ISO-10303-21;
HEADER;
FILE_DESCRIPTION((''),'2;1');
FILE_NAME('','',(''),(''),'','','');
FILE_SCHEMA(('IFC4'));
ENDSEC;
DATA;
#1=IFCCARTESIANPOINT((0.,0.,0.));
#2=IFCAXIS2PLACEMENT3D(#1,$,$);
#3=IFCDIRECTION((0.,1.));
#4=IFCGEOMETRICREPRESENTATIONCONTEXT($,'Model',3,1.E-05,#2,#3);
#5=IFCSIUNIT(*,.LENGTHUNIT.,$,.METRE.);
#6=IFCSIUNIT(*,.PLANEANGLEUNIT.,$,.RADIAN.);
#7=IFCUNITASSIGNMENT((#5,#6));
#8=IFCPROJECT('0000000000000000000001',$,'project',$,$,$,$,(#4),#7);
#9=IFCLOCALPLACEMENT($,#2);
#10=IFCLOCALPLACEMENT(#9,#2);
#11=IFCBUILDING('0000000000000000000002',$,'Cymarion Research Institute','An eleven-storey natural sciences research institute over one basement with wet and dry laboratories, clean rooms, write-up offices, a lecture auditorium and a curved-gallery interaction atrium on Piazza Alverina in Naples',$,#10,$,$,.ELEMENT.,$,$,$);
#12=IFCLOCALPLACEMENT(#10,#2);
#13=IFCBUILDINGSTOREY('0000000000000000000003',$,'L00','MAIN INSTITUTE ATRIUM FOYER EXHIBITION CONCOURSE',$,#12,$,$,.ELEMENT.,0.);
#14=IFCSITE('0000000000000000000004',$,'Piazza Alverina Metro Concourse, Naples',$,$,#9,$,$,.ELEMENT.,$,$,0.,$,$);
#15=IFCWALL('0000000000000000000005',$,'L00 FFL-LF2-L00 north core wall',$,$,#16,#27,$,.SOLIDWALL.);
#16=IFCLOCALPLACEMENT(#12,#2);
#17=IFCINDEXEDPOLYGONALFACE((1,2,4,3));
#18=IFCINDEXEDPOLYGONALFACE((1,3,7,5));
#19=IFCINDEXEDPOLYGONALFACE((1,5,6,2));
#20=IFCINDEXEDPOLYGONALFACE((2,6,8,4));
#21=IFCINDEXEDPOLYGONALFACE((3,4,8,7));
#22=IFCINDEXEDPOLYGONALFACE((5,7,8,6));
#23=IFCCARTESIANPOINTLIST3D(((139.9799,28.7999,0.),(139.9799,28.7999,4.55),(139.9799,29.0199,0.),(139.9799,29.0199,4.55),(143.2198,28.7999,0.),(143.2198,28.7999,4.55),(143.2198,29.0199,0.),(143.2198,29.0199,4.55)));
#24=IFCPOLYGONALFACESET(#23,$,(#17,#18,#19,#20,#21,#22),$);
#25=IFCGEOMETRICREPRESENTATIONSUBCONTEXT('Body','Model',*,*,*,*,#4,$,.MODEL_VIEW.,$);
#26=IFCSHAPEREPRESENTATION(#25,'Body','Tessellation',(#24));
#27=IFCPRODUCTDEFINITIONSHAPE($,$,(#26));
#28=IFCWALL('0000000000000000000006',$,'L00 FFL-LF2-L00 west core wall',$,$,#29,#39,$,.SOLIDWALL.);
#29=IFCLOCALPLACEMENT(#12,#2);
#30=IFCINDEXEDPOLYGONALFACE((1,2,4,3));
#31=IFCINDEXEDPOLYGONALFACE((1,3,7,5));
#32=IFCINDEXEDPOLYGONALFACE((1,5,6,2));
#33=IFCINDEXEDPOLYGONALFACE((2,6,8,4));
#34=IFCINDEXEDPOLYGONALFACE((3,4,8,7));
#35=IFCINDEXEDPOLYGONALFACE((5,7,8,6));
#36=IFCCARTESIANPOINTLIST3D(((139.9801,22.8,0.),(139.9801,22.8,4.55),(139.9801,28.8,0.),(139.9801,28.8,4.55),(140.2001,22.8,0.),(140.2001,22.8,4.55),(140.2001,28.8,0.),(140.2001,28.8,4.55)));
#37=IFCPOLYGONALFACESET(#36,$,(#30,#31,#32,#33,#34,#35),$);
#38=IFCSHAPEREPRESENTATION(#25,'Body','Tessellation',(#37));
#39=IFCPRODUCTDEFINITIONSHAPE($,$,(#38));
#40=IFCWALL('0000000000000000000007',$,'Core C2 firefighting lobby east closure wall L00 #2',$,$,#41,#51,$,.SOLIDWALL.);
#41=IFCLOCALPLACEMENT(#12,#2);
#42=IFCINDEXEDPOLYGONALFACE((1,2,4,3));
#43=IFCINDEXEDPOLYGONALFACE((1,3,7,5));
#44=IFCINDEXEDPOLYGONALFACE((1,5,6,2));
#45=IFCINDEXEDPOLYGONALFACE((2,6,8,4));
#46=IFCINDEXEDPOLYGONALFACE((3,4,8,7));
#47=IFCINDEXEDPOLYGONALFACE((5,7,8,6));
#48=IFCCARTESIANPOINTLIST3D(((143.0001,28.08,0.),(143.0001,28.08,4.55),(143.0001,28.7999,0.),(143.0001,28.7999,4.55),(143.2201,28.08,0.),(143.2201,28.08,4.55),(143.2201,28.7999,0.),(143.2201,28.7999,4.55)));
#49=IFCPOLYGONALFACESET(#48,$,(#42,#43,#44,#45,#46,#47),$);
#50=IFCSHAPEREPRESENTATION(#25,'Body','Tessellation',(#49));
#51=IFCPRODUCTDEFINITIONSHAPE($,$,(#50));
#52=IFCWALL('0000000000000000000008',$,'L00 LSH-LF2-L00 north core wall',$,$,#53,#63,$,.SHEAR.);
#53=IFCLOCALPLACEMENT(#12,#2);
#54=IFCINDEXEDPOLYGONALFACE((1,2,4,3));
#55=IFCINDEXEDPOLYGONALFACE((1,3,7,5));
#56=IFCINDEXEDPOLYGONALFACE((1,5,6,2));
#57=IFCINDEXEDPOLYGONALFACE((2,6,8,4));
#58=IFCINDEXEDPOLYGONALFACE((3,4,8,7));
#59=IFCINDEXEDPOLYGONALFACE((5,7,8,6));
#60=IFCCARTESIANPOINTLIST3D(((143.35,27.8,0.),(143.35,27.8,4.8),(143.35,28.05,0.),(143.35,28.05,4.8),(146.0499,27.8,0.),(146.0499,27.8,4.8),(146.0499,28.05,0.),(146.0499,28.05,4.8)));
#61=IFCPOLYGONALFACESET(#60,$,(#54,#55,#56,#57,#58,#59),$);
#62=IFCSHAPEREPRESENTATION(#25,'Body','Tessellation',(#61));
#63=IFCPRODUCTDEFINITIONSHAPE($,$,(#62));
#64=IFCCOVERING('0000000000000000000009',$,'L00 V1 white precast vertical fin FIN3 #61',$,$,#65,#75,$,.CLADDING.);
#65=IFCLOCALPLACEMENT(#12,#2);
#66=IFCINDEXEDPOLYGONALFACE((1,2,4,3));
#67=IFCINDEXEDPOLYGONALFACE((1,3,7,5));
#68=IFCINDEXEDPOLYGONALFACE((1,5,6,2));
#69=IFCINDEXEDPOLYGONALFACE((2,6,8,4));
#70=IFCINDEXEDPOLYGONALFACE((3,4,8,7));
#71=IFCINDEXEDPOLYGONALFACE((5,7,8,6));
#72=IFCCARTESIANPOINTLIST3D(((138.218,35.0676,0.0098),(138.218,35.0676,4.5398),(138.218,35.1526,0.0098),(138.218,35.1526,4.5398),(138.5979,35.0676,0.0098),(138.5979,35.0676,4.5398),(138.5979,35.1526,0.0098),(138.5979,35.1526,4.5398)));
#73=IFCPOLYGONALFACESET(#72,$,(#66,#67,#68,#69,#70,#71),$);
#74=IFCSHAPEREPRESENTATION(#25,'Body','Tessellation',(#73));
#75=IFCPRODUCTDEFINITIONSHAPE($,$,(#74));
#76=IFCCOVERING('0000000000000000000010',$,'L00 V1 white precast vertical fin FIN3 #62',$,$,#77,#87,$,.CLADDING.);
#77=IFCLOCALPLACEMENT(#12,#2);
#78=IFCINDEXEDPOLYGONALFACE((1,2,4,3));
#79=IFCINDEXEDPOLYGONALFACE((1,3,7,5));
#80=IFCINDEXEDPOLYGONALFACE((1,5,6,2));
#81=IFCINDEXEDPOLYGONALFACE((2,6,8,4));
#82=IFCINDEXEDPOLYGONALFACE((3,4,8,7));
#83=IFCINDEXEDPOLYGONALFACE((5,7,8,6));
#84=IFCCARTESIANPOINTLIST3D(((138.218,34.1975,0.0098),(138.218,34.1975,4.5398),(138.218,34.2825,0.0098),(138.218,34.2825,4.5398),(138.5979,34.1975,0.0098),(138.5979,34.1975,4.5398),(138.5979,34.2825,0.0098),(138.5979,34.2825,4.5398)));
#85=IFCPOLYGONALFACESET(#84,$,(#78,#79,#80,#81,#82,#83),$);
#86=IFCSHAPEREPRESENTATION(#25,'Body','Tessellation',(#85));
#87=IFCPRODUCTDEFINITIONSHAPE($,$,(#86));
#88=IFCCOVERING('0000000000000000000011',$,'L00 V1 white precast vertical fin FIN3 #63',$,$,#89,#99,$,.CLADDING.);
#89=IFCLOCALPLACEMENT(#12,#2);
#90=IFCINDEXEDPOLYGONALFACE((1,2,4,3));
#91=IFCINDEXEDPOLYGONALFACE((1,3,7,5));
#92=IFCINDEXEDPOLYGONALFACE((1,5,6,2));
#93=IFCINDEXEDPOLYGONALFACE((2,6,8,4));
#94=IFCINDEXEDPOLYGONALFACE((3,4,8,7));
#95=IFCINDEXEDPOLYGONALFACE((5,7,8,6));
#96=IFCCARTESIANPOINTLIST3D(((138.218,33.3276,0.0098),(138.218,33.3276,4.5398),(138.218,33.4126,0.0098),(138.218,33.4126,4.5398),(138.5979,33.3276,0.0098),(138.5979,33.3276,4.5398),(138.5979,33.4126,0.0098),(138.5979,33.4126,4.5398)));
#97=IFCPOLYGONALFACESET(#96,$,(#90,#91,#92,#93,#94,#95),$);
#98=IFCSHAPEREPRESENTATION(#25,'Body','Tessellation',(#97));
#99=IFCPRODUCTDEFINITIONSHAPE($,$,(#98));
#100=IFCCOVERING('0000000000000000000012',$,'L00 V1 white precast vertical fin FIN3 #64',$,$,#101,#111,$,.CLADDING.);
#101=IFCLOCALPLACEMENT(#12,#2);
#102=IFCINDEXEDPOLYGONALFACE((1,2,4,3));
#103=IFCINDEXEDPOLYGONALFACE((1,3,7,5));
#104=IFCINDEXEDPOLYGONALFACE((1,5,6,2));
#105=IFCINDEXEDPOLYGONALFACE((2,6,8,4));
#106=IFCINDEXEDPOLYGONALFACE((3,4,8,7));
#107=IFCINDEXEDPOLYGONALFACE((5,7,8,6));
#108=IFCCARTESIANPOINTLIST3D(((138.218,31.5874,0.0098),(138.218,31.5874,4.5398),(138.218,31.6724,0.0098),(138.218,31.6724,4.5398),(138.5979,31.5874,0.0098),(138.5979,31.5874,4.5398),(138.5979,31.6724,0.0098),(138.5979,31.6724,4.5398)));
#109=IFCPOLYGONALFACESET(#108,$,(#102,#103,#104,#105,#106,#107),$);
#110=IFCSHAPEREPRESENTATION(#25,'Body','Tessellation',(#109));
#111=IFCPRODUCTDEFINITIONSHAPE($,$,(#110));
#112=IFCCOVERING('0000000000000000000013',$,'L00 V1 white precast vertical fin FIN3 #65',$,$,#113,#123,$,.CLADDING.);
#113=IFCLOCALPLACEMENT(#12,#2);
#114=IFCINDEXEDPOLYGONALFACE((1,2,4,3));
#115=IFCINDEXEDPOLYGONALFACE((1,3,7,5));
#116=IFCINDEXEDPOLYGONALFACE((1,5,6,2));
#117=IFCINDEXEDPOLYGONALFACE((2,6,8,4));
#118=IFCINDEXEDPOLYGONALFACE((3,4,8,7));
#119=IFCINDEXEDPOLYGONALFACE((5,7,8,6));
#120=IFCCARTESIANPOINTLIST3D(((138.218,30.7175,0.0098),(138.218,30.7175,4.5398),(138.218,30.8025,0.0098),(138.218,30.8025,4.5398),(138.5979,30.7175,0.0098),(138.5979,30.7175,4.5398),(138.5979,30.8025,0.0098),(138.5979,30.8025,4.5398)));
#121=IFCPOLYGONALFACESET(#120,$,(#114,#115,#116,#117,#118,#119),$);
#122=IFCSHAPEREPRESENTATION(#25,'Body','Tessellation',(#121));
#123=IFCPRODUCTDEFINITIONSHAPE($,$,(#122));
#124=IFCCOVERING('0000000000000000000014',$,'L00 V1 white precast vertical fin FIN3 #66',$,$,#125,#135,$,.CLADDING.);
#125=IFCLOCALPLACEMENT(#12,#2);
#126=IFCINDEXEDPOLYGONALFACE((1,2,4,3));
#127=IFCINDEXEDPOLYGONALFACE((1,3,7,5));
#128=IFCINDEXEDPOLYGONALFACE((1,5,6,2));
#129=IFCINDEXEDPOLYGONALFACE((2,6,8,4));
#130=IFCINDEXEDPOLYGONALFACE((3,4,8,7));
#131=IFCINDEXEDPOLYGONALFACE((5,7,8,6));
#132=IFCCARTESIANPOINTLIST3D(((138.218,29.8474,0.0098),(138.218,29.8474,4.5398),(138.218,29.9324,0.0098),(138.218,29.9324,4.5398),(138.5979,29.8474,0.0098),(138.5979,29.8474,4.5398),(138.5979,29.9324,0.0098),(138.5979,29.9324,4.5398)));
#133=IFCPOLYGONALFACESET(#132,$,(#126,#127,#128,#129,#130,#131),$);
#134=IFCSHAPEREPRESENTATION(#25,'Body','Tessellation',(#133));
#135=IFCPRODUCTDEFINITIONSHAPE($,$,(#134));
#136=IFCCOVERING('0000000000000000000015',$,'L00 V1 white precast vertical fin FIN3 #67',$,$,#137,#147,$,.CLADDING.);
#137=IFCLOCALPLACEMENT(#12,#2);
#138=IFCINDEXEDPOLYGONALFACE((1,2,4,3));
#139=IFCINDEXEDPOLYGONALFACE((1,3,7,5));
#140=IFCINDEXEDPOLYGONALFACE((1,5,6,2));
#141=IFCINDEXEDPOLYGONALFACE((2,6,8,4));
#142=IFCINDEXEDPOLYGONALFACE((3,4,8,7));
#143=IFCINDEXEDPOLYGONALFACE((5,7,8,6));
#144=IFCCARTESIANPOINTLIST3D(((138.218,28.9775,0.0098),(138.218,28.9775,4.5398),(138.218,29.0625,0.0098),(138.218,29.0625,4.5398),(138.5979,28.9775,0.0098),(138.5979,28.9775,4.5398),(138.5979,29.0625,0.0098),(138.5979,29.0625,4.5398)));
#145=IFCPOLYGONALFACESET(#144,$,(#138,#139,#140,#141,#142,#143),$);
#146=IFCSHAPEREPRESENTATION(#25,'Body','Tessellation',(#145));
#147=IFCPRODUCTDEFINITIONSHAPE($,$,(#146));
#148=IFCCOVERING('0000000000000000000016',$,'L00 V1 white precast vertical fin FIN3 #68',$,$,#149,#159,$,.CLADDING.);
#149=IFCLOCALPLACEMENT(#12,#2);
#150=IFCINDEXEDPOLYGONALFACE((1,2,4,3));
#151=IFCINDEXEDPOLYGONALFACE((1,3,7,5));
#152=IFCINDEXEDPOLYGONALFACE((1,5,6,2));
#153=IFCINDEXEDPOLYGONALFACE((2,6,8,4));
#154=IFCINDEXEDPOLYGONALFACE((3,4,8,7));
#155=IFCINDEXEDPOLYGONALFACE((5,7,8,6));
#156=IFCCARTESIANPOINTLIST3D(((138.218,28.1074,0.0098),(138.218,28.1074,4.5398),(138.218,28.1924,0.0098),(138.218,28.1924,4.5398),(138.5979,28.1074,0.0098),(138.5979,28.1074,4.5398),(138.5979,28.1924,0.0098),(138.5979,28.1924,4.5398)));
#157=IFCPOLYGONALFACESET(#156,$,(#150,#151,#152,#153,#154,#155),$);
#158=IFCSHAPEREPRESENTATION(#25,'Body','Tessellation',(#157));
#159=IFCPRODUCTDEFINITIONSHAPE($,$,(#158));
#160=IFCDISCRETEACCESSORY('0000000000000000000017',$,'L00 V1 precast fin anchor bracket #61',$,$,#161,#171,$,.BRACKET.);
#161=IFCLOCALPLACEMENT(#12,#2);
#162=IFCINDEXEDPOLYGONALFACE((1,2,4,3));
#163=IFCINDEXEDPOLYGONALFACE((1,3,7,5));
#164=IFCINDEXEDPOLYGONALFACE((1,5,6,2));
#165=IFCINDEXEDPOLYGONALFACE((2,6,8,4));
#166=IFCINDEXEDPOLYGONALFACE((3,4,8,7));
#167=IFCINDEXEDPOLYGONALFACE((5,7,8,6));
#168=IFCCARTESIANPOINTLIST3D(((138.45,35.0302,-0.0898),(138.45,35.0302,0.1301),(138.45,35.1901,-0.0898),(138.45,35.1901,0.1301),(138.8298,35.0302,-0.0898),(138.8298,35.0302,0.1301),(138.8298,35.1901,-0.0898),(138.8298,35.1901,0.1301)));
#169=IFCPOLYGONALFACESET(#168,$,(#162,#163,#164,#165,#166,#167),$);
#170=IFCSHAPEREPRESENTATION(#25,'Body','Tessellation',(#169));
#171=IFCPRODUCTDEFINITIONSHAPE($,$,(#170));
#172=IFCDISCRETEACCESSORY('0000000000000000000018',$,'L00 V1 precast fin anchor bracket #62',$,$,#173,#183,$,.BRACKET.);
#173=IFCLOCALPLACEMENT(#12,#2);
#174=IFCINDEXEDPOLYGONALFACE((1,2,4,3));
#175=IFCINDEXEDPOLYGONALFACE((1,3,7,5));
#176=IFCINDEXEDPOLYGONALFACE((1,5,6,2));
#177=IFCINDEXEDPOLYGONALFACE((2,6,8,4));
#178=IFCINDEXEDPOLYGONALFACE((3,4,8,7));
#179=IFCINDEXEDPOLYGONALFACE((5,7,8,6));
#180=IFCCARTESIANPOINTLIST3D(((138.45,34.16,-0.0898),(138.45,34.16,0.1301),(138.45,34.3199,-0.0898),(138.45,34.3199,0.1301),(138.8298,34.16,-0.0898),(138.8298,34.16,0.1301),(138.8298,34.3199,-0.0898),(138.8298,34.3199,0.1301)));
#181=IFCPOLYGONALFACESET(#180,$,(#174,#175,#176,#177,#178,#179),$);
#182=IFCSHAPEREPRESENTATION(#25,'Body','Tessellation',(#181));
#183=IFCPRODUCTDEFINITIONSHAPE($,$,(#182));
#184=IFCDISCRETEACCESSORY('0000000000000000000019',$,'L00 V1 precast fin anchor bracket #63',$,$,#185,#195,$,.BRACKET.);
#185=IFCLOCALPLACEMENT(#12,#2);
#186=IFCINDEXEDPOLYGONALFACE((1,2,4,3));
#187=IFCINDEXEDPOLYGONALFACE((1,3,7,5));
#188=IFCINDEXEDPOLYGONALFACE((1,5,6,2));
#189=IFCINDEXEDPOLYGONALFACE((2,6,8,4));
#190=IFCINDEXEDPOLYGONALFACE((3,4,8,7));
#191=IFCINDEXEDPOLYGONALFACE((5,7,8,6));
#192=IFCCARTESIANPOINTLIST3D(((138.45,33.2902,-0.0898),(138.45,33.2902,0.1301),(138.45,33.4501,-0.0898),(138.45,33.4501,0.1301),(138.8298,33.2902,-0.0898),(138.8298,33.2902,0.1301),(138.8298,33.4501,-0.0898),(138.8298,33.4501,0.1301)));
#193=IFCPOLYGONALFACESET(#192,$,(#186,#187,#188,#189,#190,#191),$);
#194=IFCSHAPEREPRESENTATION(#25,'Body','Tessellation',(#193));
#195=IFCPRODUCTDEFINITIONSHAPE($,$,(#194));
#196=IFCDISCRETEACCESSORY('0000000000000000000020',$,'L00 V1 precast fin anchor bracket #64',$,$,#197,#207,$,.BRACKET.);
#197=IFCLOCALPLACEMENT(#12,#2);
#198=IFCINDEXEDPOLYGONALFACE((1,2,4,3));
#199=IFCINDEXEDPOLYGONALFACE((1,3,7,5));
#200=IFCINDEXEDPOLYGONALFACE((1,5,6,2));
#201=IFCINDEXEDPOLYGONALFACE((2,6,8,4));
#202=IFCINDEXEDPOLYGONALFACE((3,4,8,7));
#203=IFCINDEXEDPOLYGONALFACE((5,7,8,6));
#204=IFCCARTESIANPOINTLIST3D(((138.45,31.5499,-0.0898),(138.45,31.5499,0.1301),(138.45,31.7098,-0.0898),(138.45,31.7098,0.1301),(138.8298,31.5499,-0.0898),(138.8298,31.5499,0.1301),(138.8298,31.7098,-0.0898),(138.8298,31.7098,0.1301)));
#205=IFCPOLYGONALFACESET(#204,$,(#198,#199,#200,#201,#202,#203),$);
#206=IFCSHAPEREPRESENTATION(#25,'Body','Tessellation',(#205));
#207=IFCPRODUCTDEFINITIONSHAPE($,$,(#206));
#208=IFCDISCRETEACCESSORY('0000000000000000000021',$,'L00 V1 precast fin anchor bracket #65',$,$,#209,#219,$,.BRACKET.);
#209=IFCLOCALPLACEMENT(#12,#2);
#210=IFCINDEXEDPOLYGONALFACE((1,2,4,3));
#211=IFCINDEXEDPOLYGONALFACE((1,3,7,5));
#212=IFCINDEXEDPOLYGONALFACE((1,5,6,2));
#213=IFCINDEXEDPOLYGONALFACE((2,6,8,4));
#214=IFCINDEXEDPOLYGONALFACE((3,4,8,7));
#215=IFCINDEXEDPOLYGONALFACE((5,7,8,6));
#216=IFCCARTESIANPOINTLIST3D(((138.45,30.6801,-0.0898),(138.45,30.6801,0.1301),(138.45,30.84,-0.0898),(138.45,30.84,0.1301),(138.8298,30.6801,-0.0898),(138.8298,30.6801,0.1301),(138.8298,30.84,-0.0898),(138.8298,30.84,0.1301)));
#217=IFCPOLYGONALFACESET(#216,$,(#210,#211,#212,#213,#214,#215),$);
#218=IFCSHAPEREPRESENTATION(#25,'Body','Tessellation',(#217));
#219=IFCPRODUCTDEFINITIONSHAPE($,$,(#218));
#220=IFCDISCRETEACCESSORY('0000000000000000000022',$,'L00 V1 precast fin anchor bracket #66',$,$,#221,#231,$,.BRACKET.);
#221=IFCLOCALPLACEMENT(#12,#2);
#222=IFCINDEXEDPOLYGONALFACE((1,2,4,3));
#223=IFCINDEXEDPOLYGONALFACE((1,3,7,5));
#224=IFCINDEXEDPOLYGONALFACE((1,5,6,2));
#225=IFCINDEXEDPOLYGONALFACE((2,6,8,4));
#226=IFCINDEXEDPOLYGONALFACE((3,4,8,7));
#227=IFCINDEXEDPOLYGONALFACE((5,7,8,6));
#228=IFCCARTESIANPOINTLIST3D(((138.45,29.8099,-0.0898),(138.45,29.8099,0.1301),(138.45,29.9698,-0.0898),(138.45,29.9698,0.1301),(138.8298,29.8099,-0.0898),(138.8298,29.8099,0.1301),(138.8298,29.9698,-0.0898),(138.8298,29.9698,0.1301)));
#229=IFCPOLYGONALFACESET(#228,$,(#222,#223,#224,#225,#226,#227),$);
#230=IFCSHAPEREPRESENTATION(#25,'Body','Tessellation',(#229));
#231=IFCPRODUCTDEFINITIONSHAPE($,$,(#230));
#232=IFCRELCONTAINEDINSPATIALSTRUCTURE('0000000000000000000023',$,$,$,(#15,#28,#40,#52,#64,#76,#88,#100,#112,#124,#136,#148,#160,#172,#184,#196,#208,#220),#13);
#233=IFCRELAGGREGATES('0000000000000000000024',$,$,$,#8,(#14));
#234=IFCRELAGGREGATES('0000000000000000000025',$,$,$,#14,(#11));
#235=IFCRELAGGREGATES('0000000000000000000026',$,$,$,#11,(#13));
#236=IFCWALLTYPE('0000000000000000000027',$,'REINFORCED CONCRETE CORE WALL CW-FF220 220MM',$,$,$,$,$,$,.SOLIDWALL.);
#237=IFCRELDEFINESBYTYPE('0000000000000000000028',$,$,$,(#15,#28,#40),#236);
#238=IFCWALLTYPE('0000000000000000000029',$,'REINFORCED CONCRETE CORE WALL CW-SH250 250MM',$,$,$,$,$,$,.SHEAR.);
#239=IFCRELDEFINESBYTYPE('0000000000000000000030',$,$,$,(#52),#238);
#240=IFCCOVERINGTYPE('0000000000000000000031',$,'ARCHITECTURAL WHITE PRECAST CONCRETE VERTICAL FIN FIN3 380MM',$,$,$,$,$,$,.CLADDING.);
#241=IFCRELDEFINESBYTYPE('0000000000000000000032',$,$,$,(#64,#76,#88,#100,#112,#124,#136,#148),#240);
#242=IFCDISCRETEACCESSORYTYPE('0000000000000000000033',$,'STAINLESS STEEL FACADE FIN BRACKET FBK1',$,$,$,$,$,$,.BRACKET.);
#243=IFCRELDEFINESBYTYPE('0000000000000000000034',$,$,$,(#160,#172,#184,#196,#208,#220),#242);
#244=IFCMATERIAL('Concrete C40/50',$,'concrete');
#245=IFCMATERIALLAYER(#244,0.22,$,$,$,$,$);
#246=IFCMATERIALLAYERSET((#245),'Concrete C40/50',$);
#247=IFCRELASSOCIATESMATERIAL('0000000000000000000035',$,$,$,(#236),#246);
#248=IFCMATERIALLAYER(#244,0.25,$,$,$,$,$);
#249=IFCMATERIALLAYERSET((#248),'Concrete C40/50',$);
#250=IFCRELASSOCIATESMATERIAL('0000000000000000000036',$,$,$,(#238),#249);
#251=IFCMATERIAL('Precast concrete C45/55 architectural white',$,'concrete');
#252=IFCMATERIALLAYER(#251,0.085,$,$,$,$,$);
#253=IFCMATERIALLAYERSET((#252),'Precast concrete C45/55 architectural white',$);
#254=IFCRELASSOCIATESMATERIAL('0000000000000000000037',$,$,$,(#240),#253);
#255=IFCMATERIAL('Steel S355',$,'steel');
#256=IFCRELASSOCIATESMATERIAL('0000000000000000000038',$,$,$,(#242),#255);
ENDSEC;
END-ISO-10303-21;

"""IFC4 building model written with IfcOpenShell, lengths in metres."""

from ifc_helpers import new_model, si_unit, direction, frame, frame_2d, origin, origin_2d, place, context, subcontext, project, spatial, rectangle, extrude, material, layer, layer_set, type_object, element, save


model = new_model("IFC4")

# Units and contexts
model_context = context("Model", 3, precision=1e-05, world=origin(), true_north=direction((0.0, 1.0)))
body_context = subcontext(model_context, "Body", "Model", "MODEL_VIEW")
ifc_project = project(units=[si_unit("LENGTHUNIT", "METRE"), si_unit("PLANEANGLEUNIT", "RADIAN")], contexts=[model_context])

# Site, building, storey
site_placement = place(None, origin())
site = spatial("IfcSite", under=ifc_project, at=site_placement, Name="Piazza Alverina Metro Concourse, Naples", CompositionType="ELEMENT", RefElevation=0.0)
building_placement = place(site_placement, origin())
building = spatial("IfcBuilding", under=site, at=building_placement, Name="Cymarion Research Institute", Description="An eleven-storey natural sciences research institute over one basement with wet and dry laboratories, clean rooms, write-up offices, a lecture auditorium and a curved-gallery interaction atrium on Piazza Alverina in Naples", CompositionType="ELEMENT")
storey_placement = place(building_placement, origin())
storey = spatial("IfcBuildingStorey", under=building, at=storey_placement, Name="L00", Description="MAIN INSTITUTE ATRIUM FOYER EXHIBITION CONCOURSE", CompositionType="ELEMENT", Elevation=0.0)

# Shared definitions
ifc_material_1 = material(Name="Steel S355", Category="steel")

# Walls
ifc_material_2 = material(Name="Concrete C40/50", Category="concrete")
ifc_layer_1 = layer(ifc_material_2, 0.22)
ifc_layer_set_1 = layer_set([ifc_layer_1], Name="Concrete C40/50")
wall_type_1 = type_object("IfcWallType", Name="REINFORCED CONCRETE CORE WALL CW-FF220 220MM", PredefinedType="SOLIDWALL", material=ifc_layer_set_1)
wall_1_placement = place(storey_placement, frame((143.22, 28.9099, 0.0), z_axis=(0.0, 0.0, 1.0), x_axis=(-1.0, 0.0, 0.0)))
element("IfcWall", 1, at=wall_1_placement, inside=storey, type_object=wall_type_1, Name="L00 FFL-LF2-L00 north core wall", PredefinedType="SOLIDWALL", context=body_context, shape_type="SweptSolid", body=[
    extrude(rectangle(XDim=3.24, YDim=0.22, at=frame_2d((1.6201, 0.0))), origin(), (0.0, 0.0, 1.0), 4.55),
])
wall_2_placement = place(storey_placement, frame((140.0901, 28.8, 0.0), z_axis=(0.0, 0.0, 1.0), x_axis=(0.0, -1.0, 0.0)))
element("IfcWall", 2, at=wall_2_placement, inside=storey, type_object=wall_type_1, Name="L00 FFL-LF2-L00 west core wall", PredefinedType="SOLIDWALL", context=body_context, shape_type="SweptSolid", body=[
    extrude(rectangle(XDim=6.0, YDim=0.22, at=frame_2d((3.0, 0.0))), origin(), (0.0, 0.0, 1.0), 4.55),
])
wall_3_placement = place(storey_placement, frame((143.1101, 28.0801, 0.0), z_axis=(0.0, 0.0, 1.0), x_axis=(0.0, 1.0, 0.0)))
element("IfcWall", 3, at=wall_3_placement, inside=storey, type_object=wall_type_1, Name="Core C2 firefighting lobby east closure wall L00 #2", PredefinedType="SOLIDWALL", context=body_context, shape_type="SweptSolid", body=[
    extrude(rectangle(XDim=0.72, YDim=0.22, at=frame_2d((0.3599, 0.0))), origin(), (0.0, 0.0, 1.0), 4.55),
])
ifc_layer_2 = layer(ifc_material_2, 0.25)
ifc_layer_set_2 = layer_set([ifc_layer_2], Name="Concrete C40/50")
wall_type_2 = type_object("IfcWallType", Name="REINFORCED CONCRETE CORE WALL CW-SH250 250MM", PredefinedType="SHEAR", material=ifc_layer_set_2)
wall_4_placement = place(storey_placement, frame((146.05, 27.925, 0.0), z_axis=(0.0, 0.0, 1.0), x_axis=(-1.0, 0.0, 0.0)))
element("IfcWall", 4, at=wall_4_placement, inside=storey, type_object=wall_type_2, Name="L00 LSH-LF2-L00 north core wall", PredefinedType="SHEAR", context=body_context, shape_type="SweptSolid", body=[
    extrude(rectangle(XDim=2.7, YDim=0.25, at=frame_2d((1.3501, 0.0))), origin(), (0.0, 0.0, 1.0), 4.8),
])

# Coverings
ifc_material_3 = material(Name="Precast concrete C45/55 architectural white", Category="concrete")
ifc_layer_3 = layer(ifc_material_3, 0.085)
ifc_layer_set_3 = layer_set([ifc_layer_3], Name="Precast concrete C45/55 architectural white")
covering_type = type_object("IfcCoveringType", Name="ARCHITECTURAL WHITE PRECAST CONCRETE VERTICAL FIN FIN3 380MM", PredefinedType="CLADDING", material=ifc_layer_set_3)
for number, where, z_axis, x_axis, name in (
    (5, (138.408, 35.1101, 0.0098), (0.0, 0.0, 1.0), (-1.0, 0.0, 0.0), "L00 V1 white precast vertical fin FIN3 #61"),
    (6, (138.408, 34.24, 0.0098), (0.0, 0.0, 1.0), (-1.0, 0.0, 0.0), "L00 V1 white precast vertical fin FIN3 #62"),
    (7, (138.408, 33.3701, 0.0098), (0.0, 0.0, 1.0), (-1.0, 0.0, 0.0), "L00 V1 white precast vertical fin FIN3 #63"),
    (8, (138.408, 31.6299, 0.0098), (0.0, 0.0, 1.0), (-1.0, 0.0, 0.0), "L00 V1 white precast vertical fin FIN3 #64"),
    (9, (138.408, 30.76, 0.0098), (0.0, 0.0, 1.0), (-1.0, 0.0, 0.0), "L00 V1 white precast vertical fin FIN3 #65"),
    (10, (138.408, 29.8899, 0.0098), (0.0, 0.0, 1.0), (-1.0, 0.0, 0.0), "L00 V1 white precast vertical fin FIN3 #66"),
    (11, (138.408, 29.02, 0.0098), (0.0, 0.0, 1.0), (-1.0, 0.0, 0.0), "L00 V1 white precast vertical fin FIN3 #67"),
    (12, (138.408, 28.1499, 0.0098), (0.0, 0.0, 1.0), (-1.0, 0.0, 0.0), "L00 V1 white precast vertical fin FIN3 #68"),
):
    element("IfcCovering", number, at=place(storey_placement, frame(where, z_axis=z_axis, x_axis=x_axis)), inside=storey, type_object=covering_type, Name=name, PredefinedType="CLADDING", context=body_context, shape_type="SweptSolid", body=[
        extrude(rectangle(XDim=0.3799, YDim=0.085, at=origin_2d()), origin(), (0.0, 0.0, 1.0), 4.53),
    ])

# Discrete accessories
discrete_accessory_type = type_object("IfcDiscreteAccessoryType", Name="STAINLESS STEEL FACADE FIN BRACKET FBK1", PredefinedType="BRACKET", material=ifc_material_1)
for number, where, z_axis, x_axis, name in (
    (13, (138.6399, 35.1101, -0.0898), (0.0, 0.0, 1.0), (-1.0, 0.0, 0.0), "L00 V1 precast fin anchor bracket #61"),
    (14, (138.6399, 34.24, -0.0898), (0.0, 0.0, 1.0), (-1.0, 0.0, 0.0), "L00 V1 precast fin anchor bracket #62"),
    (15, (138.6399, 33.3701, -0.0898), (0.0, 0.0, 1.0), (-1.0, 0.0, 0.0), "L00 V1 precast fin anchor bracket #63"),
    (16, (138.6399, 31.6299, -0.0898), (0.0, 0.0, 1.0), (-1.0, 0.0, 0.0), "L00 V1 precast fin anchor bracket #64"),
    (17, (138.6399, 30.76, -0.0898), (0.0, 0.0, 1.0), (-1.0, 0.0, 0.0), "L00 V1 precast fin anchor bracket #65"),
    (18, (138.6399, 29.8899, -0.0898), (0.0, 0.0, 1.0), (-1.0, 0.0, 0.0), "L00 V1 precast fin anchor bracket #66"),
):
    element("IfcDiscreteAccessory", number, at=place(storey_placement, frame(where, z_axis=z_axis, x_axis=x_axis)), inside=storey, type_object=discrete_accessory_type, Name=name, PredefinedType="BRACKET", context=body_context, shape_type="SweptSolid", body=[
        extrude(rectangle(XDim=0.3799, YDim=0.1599, at=origin_2d()), origin(), (0.0, 0.0, 1.0), 0.22),
    ])

save(model, "model.ifc")
